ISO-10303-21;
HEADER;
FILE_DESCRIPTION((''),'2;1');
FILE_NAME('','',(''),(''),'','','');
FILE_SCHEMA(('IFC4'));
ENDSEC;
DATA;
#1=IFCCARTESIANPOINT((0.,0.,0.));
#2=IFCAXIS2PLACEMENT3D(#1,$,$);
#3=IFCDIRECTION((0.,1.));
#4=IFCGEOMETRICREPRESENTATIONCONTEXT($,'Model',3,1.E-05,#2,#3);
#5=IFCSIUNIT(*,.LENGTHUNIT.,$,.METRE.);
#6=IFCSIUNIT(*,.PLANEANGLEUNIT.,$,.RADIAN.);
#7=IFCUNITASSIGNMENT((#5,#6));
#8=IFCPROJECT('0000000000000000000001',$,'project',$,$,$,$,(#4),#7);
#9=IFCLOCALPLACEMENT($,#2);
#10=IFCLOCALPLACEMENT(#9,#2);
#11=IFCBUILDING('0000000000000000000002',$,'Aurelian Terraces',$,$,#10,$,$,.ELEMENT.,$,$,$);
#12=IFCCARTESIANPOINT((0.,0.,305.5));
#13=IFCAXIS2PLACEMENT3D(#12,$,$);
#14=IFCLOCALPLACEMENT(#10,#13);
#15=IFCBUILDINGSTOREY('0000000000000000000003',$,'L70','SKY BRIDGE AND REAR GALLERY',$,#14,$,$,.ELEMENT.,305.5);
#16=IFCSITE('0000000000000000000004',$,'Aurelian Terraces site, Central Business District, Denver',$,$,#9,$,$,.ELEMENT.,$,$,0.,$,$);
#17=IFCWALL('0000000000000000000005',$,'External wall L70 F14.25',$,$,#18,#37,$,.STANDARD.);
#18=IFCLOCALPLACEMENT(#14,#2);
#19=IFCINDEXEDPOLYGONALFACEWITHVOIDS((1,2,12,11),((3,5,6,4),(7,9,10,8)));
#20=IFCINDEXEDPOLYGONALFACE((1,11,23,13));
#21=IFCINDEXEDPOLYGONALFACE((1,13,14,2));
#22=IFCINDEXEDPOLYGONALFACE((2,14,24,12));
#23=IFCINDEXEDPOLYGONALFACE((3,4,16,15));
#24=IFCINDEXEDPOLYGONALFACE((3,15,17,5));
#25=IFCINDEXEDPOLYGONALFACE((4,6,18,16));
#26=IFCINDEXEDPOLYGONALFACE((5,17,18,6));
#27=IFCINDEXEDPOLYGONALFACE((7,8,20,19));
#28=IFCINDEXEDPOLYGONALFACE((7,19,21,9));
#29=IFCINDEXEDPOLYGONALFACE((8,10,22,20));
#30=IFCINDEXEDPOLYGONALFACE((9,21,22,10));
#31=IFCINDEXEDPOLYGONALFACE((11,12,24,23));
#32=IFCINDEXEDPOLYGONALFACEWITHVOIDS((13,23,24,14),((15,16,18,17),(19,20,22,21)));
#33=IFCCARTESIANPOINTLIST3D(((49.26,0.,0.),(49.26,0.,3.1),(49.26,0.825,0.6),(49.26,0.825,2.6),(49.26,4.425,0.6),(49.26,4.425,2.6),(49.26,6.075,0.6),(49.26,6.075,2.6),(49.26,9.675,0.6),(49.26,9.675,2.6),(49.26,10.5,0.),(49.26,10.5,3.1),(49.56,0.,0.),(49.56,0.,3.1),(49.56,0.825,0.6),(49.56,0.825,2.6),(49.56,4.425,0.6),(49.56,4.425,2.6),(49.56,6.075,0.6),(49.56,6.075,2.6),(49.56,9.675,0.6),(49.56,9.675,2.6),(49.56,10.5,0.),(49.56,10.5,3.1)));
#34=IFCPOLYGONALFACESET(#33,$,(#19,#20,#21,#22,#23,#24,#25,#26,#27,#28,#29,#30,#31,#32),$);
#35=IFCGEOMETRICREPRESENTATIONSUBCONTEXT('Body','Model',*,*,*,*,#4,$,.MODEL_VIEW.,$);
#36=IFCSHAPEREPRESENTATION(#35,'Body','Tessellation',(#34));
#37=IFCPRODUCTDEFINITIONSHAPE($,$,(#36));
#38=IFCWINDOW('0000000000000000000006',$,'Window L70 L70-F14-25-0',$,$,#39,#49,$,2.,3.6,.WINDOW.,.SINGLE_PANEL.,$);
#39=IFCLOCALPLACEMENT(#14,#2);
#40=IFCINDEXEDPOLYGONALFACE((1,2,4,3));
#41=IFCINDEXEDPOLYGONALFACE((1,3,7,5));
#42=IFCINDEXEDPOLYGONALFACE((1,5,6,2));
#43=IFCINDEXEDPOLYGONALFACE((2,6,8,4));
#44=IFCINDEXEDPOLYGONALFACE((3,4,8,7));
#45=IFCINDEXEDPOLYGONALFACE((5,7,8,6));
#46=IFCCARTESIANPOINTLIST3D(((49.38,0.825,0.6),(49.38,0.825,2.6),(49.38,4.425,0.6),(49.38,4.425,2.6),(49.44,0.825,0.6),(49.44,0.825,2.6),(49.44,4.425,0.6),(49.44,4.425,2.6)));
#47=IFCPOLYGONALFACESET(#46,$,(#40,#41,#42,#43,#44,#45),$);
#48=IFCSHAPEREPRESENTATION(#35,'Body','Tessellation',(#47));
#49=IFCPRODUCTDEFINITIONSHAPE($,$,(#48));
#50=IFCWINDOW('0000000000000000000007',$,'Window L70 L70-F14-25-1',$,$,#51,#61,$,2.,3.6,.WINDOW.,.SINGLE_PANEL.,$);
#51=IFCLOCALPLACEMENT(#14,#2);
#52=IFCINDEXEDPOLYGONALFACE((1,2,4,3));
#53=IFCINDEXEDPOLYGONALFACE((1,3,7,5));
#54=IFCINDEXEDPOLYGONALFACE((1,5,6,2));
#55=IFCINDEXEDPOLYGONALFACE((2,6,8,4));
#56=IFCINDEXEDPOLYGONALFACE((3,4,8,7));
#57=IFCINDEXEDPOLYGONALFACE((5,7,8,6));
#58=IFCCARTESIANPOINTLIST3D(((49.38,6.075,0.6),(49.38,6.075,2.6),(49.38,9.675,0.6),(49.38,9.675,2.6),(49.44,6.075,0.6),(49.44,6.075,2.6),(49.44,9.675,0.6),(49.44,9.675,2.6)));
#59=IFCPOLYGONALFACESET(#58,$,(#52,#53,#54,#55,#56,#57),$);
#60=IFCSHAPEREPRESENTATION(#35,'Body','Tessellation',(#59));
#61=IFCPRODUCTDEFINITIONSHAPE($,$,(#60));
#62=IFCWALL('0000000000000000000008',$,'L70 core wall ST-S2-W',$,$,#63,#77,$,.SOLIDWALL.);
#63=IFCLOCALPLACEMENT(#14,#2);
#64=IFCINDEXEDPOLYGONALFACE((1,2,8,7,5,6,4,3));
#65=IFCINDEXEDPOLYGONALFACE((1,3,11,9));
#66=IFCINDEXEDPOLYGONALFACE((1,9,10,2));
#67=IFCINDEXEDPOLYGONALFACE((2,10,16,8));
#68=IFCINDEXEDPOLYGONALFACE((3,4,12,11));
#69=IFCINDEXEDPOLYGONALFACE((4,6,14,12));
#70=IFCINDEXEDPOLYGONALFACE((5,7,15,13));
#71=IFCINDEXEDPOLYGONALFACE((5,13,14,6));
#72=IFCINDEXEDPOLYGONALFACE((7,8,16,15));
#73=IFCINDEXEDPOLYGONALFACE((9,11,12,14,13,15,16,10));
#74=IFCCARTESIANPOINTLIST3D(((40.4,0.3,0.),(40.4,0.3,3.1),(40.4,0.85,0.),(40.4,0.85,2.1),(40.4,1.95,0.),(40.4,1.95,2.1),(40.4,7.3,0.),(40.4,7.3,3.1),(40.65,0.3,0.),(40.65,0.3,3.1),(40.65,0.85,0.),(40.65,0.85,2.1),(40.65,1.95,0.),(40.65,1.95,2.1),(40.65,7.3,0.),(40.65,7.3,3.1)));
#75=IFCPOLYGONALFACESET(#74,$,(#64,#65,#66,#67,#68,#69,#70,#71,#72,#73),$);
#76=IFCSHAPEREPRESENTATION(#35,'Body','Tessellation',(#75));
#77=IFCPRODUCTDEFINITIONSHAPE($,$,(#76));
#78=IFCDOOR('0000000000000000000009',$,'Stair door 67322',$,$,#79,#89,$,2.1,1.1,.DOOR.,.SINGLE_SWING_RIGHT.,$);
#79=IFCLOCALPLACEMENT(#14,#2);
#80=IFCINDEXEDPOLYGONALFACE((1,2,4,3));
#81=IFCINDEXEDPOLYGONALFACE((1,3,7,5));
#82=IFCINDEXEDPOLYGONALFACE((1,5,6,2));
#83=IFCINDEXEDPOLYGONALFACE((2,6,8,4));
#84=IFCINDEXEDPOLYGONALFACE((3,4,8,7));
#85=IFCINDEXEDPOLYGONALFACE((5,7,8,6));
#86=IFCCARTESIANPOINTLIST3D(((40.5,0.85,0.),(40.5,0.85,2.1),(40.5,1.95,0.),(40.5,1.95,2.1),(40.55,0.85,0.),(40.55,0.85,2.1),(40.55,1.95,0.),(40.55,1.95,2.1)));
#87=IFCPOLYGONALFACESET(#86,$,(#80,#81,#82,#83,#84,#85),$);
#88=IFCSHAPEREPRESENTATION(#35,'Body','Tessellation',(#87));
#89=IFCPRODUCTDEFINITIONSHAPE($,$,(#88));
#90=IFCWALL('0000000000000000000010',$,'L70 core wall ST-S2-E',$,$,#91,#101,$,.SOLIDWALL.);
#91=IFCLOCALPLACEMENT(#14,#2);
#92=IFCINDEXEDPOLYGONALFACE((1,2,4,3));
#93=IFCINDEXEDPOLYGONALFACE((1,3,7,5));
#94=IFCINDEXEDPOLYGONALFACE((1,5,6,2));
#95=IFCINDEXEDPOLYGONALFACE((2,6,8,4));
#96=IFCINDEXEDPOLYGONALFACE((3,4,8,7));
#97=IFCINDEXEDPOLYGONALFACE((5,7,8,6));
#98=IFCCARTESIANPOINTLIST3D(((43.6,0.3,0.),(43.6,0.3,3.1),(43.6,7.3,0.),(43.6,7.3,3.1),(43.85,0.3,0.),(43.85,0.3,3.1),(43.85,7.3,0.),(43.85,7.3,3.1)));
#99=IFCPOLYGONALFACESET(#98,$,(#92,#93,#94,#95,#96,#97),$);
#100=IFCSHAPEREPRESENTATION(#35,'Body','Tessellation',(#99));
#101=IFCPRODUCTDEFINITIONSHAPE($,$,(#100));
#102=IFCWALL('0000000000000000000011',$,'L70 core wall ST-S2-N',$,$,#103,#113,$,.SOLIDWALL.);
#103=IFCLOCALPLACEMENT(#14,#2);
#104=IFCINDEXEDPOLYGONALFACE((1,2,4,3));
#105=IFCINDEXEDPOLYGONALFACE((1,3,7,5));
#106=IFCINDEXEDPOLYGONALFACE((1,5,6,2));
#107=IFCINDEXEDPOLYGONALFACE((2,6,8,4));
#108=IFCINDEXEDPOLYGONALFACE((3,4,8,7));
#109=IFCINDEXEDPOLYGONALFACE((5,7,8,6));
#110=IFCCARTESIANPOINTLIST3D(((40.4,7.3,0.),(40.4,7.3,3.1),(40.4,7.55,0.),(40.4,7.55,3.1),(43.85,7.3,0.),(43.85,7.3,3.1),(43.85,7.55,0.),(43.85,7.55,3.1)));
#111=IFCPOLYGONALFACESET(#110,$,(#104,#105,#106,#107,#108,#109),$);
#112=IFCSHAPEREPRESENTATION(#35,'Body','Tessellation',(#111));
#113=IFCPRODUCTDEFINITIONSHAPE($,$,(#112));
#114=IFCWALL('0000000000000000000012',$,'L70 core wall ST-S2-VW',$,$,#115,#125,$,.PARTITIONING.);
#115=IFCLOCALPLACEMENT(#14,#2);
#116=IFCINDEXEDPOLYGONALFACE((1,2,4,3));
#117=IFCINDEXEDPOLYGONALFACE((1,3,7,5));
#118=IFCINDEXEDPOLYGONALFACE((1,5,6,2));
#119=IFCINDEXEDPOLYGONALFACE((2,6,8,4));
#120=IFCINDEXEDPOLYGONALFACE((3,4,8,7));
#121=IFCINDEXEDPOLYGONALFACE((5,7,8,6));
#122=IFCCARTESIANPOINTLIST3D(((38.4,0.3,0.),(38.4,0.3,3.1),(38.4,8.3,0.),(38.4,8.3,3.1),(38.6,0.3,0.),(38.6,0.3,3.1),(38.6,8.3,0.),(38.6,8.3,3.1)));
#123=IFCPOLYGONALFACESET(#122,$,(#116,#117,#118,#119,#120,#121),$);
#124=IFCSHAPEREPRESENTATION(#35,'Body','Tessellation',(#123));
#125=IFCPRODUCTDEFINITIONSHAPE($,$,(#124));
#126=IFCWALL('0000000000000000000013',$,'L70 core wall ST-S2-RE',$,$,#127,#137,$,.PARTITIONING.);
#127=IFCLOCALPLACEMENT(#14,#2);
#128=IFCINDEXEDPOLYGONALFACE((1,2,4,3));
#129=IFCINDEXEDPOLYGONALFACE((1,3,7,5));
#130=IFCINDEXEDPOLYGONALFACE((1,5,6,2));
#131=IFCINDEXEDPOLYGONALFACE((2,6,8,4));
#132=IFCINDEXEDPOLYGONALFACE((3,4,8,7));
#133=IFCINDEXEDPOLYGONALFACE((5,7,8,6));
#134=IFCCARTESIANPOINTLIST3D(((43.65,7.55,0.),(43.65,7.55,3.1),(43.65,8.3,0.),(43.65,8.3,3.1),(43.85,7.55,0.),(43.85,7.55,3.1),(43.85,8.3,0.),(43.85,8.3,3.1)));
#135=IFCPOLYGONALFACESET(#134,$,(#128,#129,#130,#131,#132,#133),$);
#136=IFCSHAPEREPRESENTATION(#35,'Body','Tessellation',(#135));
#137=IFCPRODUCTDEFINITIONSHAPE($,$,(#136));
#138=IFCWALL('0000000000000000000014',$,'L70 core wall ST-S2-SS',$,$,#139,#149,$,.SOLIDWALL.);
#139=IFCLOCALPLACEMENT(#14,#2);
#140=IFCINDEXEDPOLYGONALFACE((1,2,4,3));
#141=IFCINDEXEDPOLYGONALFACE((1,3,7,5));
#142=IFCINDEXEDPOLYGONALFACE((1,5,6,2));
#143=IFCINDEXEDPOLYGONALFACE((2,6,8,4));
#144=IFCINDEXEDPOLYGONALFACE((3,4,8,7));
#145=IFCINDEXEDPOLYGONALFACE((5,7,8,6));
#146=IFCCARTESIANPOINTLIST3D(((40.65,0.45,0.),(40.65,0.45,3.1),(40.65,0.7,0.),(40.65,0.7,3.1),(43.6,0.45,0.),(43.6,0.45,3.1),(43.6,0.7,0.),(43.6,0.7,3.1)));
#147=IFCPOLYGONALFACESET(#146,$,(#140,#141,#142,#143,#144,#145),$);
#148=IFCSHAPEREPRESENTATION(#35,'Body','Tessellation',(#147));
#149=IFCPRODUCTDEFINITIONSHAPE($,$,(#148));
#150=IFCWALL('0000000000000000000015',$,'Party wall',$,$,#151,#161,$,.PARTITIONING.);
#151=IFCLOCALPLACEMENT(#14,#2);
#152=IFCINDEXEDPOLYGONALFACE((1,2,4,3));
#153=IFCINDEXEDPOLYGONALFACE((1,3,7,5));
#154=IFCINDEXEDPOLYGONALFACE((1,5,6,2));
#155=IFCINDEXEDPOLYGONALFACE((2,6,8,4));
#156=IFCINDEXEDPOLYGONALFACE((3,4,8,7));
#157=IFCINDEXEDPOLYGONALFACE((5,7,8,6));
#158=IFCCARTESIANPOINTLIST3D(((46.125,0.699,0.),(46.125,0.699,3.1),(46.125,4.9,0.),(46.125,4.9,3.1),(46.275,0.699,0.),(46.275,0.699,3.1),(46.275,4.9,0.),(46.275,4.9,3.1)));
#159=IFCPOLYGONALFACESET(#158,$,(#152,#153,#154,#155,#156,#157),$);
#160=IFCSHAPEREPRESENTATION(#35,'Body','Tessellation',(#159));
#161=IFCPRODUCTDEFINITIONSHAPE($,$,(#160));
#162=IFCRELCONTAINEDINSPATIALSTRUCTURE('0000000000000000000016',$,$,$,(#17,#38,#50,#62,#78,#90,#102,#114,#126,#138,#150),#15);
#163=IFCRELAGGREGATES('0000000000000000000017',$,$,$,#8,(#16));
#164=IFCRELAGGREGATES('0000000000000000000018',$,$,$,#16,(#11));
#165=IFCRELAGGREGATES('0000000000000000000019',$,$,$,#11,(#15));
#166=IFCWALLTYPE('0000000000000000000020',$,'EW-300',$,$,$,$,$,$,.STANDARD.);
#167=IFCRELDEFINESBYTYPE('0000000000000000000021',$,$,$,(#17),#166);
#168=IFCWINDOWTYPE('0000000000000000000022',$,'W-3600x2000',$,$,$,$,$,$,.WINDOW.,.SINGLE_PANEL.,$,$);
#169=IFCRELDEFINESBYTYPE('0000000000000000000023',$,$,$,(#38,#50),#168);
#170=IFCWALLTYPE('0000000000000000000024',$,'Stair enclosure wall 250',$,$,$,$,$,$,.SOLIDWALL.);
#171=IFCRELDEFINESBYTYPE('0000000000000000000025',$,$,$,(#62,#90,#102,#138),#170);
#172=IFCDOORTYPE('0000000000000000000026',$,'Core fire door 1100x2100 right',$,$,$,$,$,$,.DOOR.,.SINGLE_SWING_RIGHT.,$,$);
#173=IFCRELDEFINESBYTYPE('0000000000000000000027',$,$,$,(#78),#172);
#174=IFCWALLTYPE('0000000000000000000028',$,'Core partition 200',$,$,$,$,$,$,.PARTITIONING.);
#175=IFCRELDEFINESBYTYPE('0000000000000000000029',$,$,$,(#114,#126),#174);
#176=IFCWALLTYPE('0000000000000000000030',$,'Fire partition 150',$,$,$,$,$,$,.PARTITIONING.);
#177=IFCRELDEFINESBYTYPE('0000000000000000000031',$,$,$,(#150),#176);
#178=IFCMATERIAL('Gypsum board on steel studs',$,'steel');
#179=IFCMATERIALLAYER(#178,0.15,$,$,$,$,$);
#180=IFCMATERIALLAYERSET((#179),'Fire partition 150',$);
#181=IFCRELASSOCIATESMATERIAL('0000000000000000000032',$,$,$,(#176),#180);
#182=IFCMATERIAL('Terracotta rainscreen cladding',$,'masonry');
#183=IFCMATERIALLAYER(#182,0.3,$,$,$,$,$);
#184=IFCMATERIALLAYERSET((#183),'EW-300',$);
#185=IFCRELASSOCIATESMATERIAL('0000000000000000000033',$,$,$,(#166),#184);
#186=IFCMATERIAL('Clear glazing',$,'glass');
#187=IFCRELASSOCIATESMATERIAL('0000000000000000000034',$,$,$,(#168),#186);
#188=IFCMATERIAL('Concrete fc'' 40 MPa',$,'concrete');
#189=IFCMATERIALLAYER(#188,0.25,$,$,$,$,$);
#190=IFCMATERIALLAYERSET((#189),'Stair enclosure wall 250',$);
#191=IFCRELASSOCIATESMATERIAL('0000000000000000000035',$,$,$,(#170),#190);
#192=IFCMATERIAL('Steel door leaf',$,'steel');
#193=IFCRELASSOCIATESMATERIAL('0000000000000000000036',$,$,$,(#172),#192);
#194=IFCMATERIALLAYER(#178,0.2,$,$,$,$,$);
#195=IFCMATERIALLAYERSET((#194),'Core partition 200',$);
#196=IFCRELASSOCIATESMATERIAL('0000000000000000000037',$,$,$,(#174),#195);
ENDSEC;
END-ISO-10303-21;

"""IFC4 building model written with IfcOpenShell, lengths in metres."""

from ifc_helpers import new_model, si_unit, direction, frame, frame_2d, origin, place, context, subcontext, project, spatial, rectangle, extrude, source, transform, mapped, material, layer, layer_set, type_object, element, fill, save


model = new_model("IFC4")

# Units and contexts
model_context = context("Model", 3, precision=1e-05, world=origin(), true_north=direction((0.0, 1.0)))
body_context = subcontext(model_context, "Body", "Model", "MODEL_VIEW")
ifc_project = project(units=[si_unit("LENGTHUNIT", "METRE"), si_unit("PLANEANGLEUNIT", "RADIAN")], contexts=[model_context])

# Site, building, storey
site_placement = place(None, origin())
site = spatial("IfcSite", under=ifc_project, at=site_placement, Name="Aurelian Terraces site, Central Business District, Denver", CompositionType="ELEMENT", RefElevation=0.0)
building_placement = place(site_placement, origin())
building = spatial("IfcBuilding", under=site, at=building_placement, Name="Aurelian Terraces", CompositionType="ELEMENT")
storey_placement = place(building_placement, frame((0.0, 0.0, 305.5)))
storey = spatial("IfcBuildingStorey", under=building, at=storey_placement, Name="L70", Description="SKY BRIDGE AND REAR GALLERY", CompositionType="ELEMENT", Elevation=305.5)

# Shared definitions
ifc_material_1 = material(Name="Gypsum board on steel studs", Category="steel")
ifc_layer_1 = layer(ifc_material_1, 0.15)
ifc_layer_set_1 = layer_set([ifc_layer_1], Name="Fire partition 150")
wall_type_1 = type_object("IfcWallType", Name="Fire partition 150", PredefinedType="PARTITIONING", material=ifc_layer_set_1)

# Shared definitions
ifc_material_2 = material(Name="Terracotta rainscreen cladding", Category="masonry")
ifc_layer_2 = layer(ifc_material_2, 0.3)
ifc_layer_set_2 = layer_set([ifc_layer_2], Name="EW-300")
wall_type_2 = type_object("IfcWallType", Name="EW-300", PredefinedType="STANDARD", material=ifc_layer_set_2)
ifc_material_3 = material(Name="Clear glazing", Category="glass")

# Shared definitions
ifc_material_4 = material(Name="Concrete fc' 40 MPa", Category="concrete")

# Wall, openings, windows
shared_shape_1 = source(origin(), body_context, "Body", "SweptSolid", [
    extrude(rectangle(XDim=10.5, YDim=0.3, at=frame_2d((5.25, 0.0))), origin(), (0.0, 0.0, 1.0), 3.1),
])
wall_1_placement = place(storey_placement, frame((49.41, 0.0, 0.0), z_axis=(0.0, 0.0, 1.0), x_axis=(0.0, 1.0, 0.0)))
wall_1 = element("IfcWall", 1, at=wall_1_placement, inside=storey, type_object=wall_type_2, Name="External wall L70 F14.25", PredefinedType="STANDARD", context=body_context, shape_type="MappedRepresentation", body=[
    mapped(shared_shape_1, transform((0.0, 0.0, 0.0), scale=1.0)),
])
shared_shape_2 = source(origin(), body_context, "Body", "SweptSolid", [
    extrude(rectangle(XDim=3.6, YDim=2.0, at=frame_2d((1.8, 1.0))), frame((0.0, 0.16, 0.0), z_axis=(0.0, -1.0, 0.0), x_axis=(1.0, 0.0, 0.0)), (0.0, 0.0, 1.0), 0.32),
])
opening_1_placement = place(wall_1_placement, frame((0.825, 0.0, 0.6)))
opening_1 = element("IfcOpeningElement", 2, at=opening_1_placement, cuts=wall_1, PredefinedType="OPENING", context=body_context, shape_type="MappedRepresentation", body=[
    mapped(shared_shape_2, transform((0.0, 0.0, 0.0), scale=1.0)),
])
opening_2_placement = place(wall_1_placement, frame((6.075, 0.0, 0.6)))
opening_2 = element("IfcOpeningElement", 3, at=opening_2_placement, cuts=wall_1, PredefinedType="OPENING", context=body_context, shape_type="MappedRepresentation", body=[
    mapped(shared_shape_2, transform((0.0, 0.0, 0.0), scale=1.0)),
])
window_type_1 = type_object("IfcWindowType", Name="W-3600x2000", PartitioningType="SINGLE_PANEL", PredefinedType="WINDOW", material=ifc_material_3)
shared_shape_3 = source(origin(), body_context, "Body", "SweptSolid", [
    extrude(rectangle(XDim=3.6, YDim=2.0, at=frame_2d((1.8, 1.0))), frame((0.0, 0.03, 0.0), z_axis=(0.0, -1.0, 0.0), x_axis=(1.0, 0.0, 0.0)), (0.0, 0.0, 1.0), 0.06),
])
window_1_placement = place(opening_1_placement, origin())
window_1 = element("IfcWindow", 4, at=window_1_placement, inside=storey, type_object=window_type_1, Name="Window L70 L70-F14-25-0", OverallHeight=2.0, OverallWidth=3.6, PartitioningType="SINGLE_PANEL", PredefinedType="WINDOW", context=body_context, shape_type="MappedRepresentation", body=[
    mapped(shared_shape_3, transform((0.0, 0.0, 0.0), scale=1.0)),
])
fill(opening_1, window_1)
window_2_placement = place(opening_2_placement, origin())
window_2 = element("IfcWindow", 5, at=window_2_placement, inside=storey, type_object=window_type_1, Name="Window L70 L70-F14-25-1", OverallHeight=2.0, OverallWidth=3.6, PartitioningType="SINGLE_PANEL", PredefinedType="WINDOW", context=body_context, shape_type="MappedRepresentation", body=[
    mapped(shared_shape_3, transform((0.0, 0.0, 0.0), scale=1.0)),
])
fill(opening_2, window_2)

# Wall, opening, door
ifc_layer_3 = layer(ifc_material_4, 0.25)
ifc_layer_set_3 = layer_set([ifc_layer_3], Name="Stair enclosure wall 250")
wall_type_3 = type_object("IfcWallType", Name="Stair enclosure wall 250", PredefinedType="SOLIDWALL", material=ifc_layer_set_3)
shared_shape_4 = source(origin(), body_context, "Body", "SweptSolid", [
    extrude(rectangle(XDim=7.0, YDim=0.25, at=frame_2d((3.5, 0.0))), origin(), (0.0, 0.0, 1.0), 3.1),
])
wall_2_placement = place(storey_placement, frame((40.525, 0.3, 0.0), z_axis=(0.0, 0.0, 1.0), x_axis=(0.0, 1.0, 0.0)))
wall_2 = element("IfcWall", 6, at=wall_2_placement, inside=storey, type_object=wall_type_3, Name="L70 core wall ST-S2-W", PredefinedType="SOLIDWALL", context=body_context, shape_type="MappedRepresentation", body=[
    mapped(shared_shape_4, transform((0.0, 0.0, 0.0), scale=1.0)),
])
shared_shape_5 = source(origin(), body_context, "Body", "SweptSolid", [
    extrude(rectangle(XDim=1.1, YDim=2.1, at=frame_2d((0.55, 1.05))), frame((0.0, 0.135, 0.0), z_axis=(0.0, -1.0, 0.0), x_axis=(1.0, 0.0, 0.0)), (0.0, 0.0, 1.0), 0.27),
])
opening_3_placement = place(wall_2_placement, frame((0.55, 0.0, 0.0)))
opening_3 = element("IfcOpeningElement", 7, at=opening_3_placement, cuts=wall_2, PredefinedType="OPENING", context=body_context, shape_type="MappedRepresentation", body=[
    mapped(shared_shape_5, transform((0.0, 0.0, 0.0), scale=1.0)),
])
ifc_material_5 = material(Name="Steel door leaf", Category="steel")
door_type_1 = type_object("IfcDoorType", Name="Core fire door 1100x2100 right", OperationType="SINGLE_SWING_RIGHT", PredefinedType="DOOR", material=ifc_material_5)
shared_shape_6 = source(origin(), body_context, "Body", "SweptSolid", [
    extrude(rectangle(XDim=1.1, YDim=2.1, at=frame_2d((0.55, 1.05))), frame((0.0, 0.025, 0.0), z_axis=(0.0, -1.0, 0.0), x_axis=(1.0, 0.0, 0.0)), (0.0, 0.0, 1.0), 0.05),
])
door_1_placement = place(opening_3_placement, origin())
door_1 = element("IfcDoor", 8, at=door_1_placement, inside=storey, type_object=door_type_1, Name="Stair door 67322", OperationType="SINGLE_SWING_RIGHT", OverallHeight=2.1, OverallWidth=1.1, PredefinedType="DOOR", context=body_context, shape_type="MappedRepresentation", body=[
    mapped(shared_shape_6, transform((0.0, 0.0, 0.0), scale=1.0)),
])
fill(opening_3, door_1)

# Walls
wall_3_placement = place(storey_placement, frame((43.725, 0.3, 0.0), z_axis=(0.0, 0.0, 1.0), x_axis=(0.0, 1.0, 0.0)))
element("IfcWall", 9, at=wall_3_placement, inside=storey, type_object=wall_type_3, Name="L70 core wall ST-S2-E", PredefinedType="SOLIDWALL", context=body_context, shape_type="MappedRepresentation", body=[
    mapped(shared_shape_4, transform((0.0, 0.0, 0.0), scale=1.0)),
])
shared_shape_7 = source(origin(), body_context, "Body", "SweptSolid", [
    extrude(rectangle(XDim=3.45, YDim=0.25, at=frame_2d((1.725, 0.0))), origin(), (0.0, 0.0, 1.0), 3.1),
])
wall_4_placement = place(storey_placement, frame((40.4, 7.425, 0.0), z_axis=(0.0, 0.0, 1.0), x_axis=(1.0, 0.0, 0.0)))
element("IfcWall", 10, at=wall_4_placement, inside=storey, type_object=wall_type_3, Name="L70 core wall ST-S2-N", PredefinedType="SOLIDWALL", context=body_context, shape_type="MappedRepresentation", body=[
    mapped(shared_shape_7, transform((0.0, 0.0, 0.0), scale=1.0)),
])
ifc_layer_4 = layer(ifc_material_1, 0.2)
ifc_layer_set_4 = layer_set([ifc_layer_4], Name="Core partition 200")
wall_type_4 = type_object("IfcWallType", Name="Core partition 200", PredefinedType="PARTITIONING", material=ifc_layer_set_4)
shared_shape_8 = source(origin(), body_context, "Body", "SweptSolid", [
    extrude(rectangle(XDim=8.0, YDim=0.2, at=frame_2d((4.0, 0.0))), origin(), (0.0, 0.0, 1.0), 3.1),
])
wall_5_placement = place(storey_placement, frame((38.5, 0.3, 0.0), z_axis=(0.0, 0.0, 1.0), x_axis=(0.0, 1.0, 0.0)))
element("IfcWall", 11, at=wall_5_placement, inside=storey, type_object=wall_type_4, Name="L70 core wall ST-S2-VW", PredefinedType="PARTITIONING", context=body_context, shape_type="MappedRepresentation", body=[
    mapped(shared_shape_8, transform((0.0, 0.0, 0.0), scale=1.0)),
])
shared_shape_9 = source(origin(), body_context, "Body", "SweptSolid", [
    extrude(rectangle(XDim=0.75, YDim=0.2, at=frame_2d((0.375, 0.0))), origin(), (0.0, 0.0, 1.0), 3.1),
])
wall_6_placement = place(storey_placement, frame((43.75, 7.55, 0.0), z_axis=(0.0, 0.0, 1.0), x_axis=(0.0, 1.0, 0.0)))
element("IfcWall", 12, at=wall_6_placement, inside=storey, type_object=wall_type_4, Name="L70 core wall ST-S2-RE", PredefinedType="PARTITIONING", context=body_context, shape_type="MappedRepresentation", body=[
    mapped(shared_shape_9, transform((0.0, 0.0, 0.0), scale=1.0)),
])
shared_shape_10 = source(origin(), body_context, "Body", "SweptSolid", [
    extrude(rectangle(XDim=2.95, YDim=0.25, at=frame_2d((1.475, 0.0))), origin(), (0.0, 0.0, 1.0), 3.1),
])
wall_7_placement = place(storey_placement, frame((40.65, 0.575, 0.0), z_axis=(0.0, 0.0, 1.0), x_axis=(1.0, 0.0, 0.0)))
element("IfcWall", 13, at=wall_7_placement, inside=storey, type_object=wall_type_3, Name="L70 core wall ST-S2-SS", PredefinedType="SOLIDWALL", context=body_context, shape_type="MappedRepresentation", body=[
    mapped(shared_shape_10, transform((0.0, 0.0, 0.0), scale=1.0)),
])
shared_shape_11 = source(origin(), body_context, "Body", "SweptSolid", [
    extrude(rectangle(XDim=4.201, YDim=0.15, at=frame_2d((2.1005, 0.0))), origin(), (0.0, 0.0, 1.0), 3.1),
])
wall_8_placement = place(storey_placement, frame((46.2, 0.699, 0.0), z_axis=(0.0, 0.0, 1.0), x_axis=(0.0, 1.0, 0.0)))
element("IfcWall", 14, at=wall_8_placement, inside=storey, type_object=wall_type_1, Name="Party wall", PredefinedType="PARTITIONING", context=body_context, shape_type="MappedRepresentation", body=[
    mapped(shared_shape_11, transform((0.0, 0.0, 0.0), scale=1.0)),
])

save(model, "model.ifc")
